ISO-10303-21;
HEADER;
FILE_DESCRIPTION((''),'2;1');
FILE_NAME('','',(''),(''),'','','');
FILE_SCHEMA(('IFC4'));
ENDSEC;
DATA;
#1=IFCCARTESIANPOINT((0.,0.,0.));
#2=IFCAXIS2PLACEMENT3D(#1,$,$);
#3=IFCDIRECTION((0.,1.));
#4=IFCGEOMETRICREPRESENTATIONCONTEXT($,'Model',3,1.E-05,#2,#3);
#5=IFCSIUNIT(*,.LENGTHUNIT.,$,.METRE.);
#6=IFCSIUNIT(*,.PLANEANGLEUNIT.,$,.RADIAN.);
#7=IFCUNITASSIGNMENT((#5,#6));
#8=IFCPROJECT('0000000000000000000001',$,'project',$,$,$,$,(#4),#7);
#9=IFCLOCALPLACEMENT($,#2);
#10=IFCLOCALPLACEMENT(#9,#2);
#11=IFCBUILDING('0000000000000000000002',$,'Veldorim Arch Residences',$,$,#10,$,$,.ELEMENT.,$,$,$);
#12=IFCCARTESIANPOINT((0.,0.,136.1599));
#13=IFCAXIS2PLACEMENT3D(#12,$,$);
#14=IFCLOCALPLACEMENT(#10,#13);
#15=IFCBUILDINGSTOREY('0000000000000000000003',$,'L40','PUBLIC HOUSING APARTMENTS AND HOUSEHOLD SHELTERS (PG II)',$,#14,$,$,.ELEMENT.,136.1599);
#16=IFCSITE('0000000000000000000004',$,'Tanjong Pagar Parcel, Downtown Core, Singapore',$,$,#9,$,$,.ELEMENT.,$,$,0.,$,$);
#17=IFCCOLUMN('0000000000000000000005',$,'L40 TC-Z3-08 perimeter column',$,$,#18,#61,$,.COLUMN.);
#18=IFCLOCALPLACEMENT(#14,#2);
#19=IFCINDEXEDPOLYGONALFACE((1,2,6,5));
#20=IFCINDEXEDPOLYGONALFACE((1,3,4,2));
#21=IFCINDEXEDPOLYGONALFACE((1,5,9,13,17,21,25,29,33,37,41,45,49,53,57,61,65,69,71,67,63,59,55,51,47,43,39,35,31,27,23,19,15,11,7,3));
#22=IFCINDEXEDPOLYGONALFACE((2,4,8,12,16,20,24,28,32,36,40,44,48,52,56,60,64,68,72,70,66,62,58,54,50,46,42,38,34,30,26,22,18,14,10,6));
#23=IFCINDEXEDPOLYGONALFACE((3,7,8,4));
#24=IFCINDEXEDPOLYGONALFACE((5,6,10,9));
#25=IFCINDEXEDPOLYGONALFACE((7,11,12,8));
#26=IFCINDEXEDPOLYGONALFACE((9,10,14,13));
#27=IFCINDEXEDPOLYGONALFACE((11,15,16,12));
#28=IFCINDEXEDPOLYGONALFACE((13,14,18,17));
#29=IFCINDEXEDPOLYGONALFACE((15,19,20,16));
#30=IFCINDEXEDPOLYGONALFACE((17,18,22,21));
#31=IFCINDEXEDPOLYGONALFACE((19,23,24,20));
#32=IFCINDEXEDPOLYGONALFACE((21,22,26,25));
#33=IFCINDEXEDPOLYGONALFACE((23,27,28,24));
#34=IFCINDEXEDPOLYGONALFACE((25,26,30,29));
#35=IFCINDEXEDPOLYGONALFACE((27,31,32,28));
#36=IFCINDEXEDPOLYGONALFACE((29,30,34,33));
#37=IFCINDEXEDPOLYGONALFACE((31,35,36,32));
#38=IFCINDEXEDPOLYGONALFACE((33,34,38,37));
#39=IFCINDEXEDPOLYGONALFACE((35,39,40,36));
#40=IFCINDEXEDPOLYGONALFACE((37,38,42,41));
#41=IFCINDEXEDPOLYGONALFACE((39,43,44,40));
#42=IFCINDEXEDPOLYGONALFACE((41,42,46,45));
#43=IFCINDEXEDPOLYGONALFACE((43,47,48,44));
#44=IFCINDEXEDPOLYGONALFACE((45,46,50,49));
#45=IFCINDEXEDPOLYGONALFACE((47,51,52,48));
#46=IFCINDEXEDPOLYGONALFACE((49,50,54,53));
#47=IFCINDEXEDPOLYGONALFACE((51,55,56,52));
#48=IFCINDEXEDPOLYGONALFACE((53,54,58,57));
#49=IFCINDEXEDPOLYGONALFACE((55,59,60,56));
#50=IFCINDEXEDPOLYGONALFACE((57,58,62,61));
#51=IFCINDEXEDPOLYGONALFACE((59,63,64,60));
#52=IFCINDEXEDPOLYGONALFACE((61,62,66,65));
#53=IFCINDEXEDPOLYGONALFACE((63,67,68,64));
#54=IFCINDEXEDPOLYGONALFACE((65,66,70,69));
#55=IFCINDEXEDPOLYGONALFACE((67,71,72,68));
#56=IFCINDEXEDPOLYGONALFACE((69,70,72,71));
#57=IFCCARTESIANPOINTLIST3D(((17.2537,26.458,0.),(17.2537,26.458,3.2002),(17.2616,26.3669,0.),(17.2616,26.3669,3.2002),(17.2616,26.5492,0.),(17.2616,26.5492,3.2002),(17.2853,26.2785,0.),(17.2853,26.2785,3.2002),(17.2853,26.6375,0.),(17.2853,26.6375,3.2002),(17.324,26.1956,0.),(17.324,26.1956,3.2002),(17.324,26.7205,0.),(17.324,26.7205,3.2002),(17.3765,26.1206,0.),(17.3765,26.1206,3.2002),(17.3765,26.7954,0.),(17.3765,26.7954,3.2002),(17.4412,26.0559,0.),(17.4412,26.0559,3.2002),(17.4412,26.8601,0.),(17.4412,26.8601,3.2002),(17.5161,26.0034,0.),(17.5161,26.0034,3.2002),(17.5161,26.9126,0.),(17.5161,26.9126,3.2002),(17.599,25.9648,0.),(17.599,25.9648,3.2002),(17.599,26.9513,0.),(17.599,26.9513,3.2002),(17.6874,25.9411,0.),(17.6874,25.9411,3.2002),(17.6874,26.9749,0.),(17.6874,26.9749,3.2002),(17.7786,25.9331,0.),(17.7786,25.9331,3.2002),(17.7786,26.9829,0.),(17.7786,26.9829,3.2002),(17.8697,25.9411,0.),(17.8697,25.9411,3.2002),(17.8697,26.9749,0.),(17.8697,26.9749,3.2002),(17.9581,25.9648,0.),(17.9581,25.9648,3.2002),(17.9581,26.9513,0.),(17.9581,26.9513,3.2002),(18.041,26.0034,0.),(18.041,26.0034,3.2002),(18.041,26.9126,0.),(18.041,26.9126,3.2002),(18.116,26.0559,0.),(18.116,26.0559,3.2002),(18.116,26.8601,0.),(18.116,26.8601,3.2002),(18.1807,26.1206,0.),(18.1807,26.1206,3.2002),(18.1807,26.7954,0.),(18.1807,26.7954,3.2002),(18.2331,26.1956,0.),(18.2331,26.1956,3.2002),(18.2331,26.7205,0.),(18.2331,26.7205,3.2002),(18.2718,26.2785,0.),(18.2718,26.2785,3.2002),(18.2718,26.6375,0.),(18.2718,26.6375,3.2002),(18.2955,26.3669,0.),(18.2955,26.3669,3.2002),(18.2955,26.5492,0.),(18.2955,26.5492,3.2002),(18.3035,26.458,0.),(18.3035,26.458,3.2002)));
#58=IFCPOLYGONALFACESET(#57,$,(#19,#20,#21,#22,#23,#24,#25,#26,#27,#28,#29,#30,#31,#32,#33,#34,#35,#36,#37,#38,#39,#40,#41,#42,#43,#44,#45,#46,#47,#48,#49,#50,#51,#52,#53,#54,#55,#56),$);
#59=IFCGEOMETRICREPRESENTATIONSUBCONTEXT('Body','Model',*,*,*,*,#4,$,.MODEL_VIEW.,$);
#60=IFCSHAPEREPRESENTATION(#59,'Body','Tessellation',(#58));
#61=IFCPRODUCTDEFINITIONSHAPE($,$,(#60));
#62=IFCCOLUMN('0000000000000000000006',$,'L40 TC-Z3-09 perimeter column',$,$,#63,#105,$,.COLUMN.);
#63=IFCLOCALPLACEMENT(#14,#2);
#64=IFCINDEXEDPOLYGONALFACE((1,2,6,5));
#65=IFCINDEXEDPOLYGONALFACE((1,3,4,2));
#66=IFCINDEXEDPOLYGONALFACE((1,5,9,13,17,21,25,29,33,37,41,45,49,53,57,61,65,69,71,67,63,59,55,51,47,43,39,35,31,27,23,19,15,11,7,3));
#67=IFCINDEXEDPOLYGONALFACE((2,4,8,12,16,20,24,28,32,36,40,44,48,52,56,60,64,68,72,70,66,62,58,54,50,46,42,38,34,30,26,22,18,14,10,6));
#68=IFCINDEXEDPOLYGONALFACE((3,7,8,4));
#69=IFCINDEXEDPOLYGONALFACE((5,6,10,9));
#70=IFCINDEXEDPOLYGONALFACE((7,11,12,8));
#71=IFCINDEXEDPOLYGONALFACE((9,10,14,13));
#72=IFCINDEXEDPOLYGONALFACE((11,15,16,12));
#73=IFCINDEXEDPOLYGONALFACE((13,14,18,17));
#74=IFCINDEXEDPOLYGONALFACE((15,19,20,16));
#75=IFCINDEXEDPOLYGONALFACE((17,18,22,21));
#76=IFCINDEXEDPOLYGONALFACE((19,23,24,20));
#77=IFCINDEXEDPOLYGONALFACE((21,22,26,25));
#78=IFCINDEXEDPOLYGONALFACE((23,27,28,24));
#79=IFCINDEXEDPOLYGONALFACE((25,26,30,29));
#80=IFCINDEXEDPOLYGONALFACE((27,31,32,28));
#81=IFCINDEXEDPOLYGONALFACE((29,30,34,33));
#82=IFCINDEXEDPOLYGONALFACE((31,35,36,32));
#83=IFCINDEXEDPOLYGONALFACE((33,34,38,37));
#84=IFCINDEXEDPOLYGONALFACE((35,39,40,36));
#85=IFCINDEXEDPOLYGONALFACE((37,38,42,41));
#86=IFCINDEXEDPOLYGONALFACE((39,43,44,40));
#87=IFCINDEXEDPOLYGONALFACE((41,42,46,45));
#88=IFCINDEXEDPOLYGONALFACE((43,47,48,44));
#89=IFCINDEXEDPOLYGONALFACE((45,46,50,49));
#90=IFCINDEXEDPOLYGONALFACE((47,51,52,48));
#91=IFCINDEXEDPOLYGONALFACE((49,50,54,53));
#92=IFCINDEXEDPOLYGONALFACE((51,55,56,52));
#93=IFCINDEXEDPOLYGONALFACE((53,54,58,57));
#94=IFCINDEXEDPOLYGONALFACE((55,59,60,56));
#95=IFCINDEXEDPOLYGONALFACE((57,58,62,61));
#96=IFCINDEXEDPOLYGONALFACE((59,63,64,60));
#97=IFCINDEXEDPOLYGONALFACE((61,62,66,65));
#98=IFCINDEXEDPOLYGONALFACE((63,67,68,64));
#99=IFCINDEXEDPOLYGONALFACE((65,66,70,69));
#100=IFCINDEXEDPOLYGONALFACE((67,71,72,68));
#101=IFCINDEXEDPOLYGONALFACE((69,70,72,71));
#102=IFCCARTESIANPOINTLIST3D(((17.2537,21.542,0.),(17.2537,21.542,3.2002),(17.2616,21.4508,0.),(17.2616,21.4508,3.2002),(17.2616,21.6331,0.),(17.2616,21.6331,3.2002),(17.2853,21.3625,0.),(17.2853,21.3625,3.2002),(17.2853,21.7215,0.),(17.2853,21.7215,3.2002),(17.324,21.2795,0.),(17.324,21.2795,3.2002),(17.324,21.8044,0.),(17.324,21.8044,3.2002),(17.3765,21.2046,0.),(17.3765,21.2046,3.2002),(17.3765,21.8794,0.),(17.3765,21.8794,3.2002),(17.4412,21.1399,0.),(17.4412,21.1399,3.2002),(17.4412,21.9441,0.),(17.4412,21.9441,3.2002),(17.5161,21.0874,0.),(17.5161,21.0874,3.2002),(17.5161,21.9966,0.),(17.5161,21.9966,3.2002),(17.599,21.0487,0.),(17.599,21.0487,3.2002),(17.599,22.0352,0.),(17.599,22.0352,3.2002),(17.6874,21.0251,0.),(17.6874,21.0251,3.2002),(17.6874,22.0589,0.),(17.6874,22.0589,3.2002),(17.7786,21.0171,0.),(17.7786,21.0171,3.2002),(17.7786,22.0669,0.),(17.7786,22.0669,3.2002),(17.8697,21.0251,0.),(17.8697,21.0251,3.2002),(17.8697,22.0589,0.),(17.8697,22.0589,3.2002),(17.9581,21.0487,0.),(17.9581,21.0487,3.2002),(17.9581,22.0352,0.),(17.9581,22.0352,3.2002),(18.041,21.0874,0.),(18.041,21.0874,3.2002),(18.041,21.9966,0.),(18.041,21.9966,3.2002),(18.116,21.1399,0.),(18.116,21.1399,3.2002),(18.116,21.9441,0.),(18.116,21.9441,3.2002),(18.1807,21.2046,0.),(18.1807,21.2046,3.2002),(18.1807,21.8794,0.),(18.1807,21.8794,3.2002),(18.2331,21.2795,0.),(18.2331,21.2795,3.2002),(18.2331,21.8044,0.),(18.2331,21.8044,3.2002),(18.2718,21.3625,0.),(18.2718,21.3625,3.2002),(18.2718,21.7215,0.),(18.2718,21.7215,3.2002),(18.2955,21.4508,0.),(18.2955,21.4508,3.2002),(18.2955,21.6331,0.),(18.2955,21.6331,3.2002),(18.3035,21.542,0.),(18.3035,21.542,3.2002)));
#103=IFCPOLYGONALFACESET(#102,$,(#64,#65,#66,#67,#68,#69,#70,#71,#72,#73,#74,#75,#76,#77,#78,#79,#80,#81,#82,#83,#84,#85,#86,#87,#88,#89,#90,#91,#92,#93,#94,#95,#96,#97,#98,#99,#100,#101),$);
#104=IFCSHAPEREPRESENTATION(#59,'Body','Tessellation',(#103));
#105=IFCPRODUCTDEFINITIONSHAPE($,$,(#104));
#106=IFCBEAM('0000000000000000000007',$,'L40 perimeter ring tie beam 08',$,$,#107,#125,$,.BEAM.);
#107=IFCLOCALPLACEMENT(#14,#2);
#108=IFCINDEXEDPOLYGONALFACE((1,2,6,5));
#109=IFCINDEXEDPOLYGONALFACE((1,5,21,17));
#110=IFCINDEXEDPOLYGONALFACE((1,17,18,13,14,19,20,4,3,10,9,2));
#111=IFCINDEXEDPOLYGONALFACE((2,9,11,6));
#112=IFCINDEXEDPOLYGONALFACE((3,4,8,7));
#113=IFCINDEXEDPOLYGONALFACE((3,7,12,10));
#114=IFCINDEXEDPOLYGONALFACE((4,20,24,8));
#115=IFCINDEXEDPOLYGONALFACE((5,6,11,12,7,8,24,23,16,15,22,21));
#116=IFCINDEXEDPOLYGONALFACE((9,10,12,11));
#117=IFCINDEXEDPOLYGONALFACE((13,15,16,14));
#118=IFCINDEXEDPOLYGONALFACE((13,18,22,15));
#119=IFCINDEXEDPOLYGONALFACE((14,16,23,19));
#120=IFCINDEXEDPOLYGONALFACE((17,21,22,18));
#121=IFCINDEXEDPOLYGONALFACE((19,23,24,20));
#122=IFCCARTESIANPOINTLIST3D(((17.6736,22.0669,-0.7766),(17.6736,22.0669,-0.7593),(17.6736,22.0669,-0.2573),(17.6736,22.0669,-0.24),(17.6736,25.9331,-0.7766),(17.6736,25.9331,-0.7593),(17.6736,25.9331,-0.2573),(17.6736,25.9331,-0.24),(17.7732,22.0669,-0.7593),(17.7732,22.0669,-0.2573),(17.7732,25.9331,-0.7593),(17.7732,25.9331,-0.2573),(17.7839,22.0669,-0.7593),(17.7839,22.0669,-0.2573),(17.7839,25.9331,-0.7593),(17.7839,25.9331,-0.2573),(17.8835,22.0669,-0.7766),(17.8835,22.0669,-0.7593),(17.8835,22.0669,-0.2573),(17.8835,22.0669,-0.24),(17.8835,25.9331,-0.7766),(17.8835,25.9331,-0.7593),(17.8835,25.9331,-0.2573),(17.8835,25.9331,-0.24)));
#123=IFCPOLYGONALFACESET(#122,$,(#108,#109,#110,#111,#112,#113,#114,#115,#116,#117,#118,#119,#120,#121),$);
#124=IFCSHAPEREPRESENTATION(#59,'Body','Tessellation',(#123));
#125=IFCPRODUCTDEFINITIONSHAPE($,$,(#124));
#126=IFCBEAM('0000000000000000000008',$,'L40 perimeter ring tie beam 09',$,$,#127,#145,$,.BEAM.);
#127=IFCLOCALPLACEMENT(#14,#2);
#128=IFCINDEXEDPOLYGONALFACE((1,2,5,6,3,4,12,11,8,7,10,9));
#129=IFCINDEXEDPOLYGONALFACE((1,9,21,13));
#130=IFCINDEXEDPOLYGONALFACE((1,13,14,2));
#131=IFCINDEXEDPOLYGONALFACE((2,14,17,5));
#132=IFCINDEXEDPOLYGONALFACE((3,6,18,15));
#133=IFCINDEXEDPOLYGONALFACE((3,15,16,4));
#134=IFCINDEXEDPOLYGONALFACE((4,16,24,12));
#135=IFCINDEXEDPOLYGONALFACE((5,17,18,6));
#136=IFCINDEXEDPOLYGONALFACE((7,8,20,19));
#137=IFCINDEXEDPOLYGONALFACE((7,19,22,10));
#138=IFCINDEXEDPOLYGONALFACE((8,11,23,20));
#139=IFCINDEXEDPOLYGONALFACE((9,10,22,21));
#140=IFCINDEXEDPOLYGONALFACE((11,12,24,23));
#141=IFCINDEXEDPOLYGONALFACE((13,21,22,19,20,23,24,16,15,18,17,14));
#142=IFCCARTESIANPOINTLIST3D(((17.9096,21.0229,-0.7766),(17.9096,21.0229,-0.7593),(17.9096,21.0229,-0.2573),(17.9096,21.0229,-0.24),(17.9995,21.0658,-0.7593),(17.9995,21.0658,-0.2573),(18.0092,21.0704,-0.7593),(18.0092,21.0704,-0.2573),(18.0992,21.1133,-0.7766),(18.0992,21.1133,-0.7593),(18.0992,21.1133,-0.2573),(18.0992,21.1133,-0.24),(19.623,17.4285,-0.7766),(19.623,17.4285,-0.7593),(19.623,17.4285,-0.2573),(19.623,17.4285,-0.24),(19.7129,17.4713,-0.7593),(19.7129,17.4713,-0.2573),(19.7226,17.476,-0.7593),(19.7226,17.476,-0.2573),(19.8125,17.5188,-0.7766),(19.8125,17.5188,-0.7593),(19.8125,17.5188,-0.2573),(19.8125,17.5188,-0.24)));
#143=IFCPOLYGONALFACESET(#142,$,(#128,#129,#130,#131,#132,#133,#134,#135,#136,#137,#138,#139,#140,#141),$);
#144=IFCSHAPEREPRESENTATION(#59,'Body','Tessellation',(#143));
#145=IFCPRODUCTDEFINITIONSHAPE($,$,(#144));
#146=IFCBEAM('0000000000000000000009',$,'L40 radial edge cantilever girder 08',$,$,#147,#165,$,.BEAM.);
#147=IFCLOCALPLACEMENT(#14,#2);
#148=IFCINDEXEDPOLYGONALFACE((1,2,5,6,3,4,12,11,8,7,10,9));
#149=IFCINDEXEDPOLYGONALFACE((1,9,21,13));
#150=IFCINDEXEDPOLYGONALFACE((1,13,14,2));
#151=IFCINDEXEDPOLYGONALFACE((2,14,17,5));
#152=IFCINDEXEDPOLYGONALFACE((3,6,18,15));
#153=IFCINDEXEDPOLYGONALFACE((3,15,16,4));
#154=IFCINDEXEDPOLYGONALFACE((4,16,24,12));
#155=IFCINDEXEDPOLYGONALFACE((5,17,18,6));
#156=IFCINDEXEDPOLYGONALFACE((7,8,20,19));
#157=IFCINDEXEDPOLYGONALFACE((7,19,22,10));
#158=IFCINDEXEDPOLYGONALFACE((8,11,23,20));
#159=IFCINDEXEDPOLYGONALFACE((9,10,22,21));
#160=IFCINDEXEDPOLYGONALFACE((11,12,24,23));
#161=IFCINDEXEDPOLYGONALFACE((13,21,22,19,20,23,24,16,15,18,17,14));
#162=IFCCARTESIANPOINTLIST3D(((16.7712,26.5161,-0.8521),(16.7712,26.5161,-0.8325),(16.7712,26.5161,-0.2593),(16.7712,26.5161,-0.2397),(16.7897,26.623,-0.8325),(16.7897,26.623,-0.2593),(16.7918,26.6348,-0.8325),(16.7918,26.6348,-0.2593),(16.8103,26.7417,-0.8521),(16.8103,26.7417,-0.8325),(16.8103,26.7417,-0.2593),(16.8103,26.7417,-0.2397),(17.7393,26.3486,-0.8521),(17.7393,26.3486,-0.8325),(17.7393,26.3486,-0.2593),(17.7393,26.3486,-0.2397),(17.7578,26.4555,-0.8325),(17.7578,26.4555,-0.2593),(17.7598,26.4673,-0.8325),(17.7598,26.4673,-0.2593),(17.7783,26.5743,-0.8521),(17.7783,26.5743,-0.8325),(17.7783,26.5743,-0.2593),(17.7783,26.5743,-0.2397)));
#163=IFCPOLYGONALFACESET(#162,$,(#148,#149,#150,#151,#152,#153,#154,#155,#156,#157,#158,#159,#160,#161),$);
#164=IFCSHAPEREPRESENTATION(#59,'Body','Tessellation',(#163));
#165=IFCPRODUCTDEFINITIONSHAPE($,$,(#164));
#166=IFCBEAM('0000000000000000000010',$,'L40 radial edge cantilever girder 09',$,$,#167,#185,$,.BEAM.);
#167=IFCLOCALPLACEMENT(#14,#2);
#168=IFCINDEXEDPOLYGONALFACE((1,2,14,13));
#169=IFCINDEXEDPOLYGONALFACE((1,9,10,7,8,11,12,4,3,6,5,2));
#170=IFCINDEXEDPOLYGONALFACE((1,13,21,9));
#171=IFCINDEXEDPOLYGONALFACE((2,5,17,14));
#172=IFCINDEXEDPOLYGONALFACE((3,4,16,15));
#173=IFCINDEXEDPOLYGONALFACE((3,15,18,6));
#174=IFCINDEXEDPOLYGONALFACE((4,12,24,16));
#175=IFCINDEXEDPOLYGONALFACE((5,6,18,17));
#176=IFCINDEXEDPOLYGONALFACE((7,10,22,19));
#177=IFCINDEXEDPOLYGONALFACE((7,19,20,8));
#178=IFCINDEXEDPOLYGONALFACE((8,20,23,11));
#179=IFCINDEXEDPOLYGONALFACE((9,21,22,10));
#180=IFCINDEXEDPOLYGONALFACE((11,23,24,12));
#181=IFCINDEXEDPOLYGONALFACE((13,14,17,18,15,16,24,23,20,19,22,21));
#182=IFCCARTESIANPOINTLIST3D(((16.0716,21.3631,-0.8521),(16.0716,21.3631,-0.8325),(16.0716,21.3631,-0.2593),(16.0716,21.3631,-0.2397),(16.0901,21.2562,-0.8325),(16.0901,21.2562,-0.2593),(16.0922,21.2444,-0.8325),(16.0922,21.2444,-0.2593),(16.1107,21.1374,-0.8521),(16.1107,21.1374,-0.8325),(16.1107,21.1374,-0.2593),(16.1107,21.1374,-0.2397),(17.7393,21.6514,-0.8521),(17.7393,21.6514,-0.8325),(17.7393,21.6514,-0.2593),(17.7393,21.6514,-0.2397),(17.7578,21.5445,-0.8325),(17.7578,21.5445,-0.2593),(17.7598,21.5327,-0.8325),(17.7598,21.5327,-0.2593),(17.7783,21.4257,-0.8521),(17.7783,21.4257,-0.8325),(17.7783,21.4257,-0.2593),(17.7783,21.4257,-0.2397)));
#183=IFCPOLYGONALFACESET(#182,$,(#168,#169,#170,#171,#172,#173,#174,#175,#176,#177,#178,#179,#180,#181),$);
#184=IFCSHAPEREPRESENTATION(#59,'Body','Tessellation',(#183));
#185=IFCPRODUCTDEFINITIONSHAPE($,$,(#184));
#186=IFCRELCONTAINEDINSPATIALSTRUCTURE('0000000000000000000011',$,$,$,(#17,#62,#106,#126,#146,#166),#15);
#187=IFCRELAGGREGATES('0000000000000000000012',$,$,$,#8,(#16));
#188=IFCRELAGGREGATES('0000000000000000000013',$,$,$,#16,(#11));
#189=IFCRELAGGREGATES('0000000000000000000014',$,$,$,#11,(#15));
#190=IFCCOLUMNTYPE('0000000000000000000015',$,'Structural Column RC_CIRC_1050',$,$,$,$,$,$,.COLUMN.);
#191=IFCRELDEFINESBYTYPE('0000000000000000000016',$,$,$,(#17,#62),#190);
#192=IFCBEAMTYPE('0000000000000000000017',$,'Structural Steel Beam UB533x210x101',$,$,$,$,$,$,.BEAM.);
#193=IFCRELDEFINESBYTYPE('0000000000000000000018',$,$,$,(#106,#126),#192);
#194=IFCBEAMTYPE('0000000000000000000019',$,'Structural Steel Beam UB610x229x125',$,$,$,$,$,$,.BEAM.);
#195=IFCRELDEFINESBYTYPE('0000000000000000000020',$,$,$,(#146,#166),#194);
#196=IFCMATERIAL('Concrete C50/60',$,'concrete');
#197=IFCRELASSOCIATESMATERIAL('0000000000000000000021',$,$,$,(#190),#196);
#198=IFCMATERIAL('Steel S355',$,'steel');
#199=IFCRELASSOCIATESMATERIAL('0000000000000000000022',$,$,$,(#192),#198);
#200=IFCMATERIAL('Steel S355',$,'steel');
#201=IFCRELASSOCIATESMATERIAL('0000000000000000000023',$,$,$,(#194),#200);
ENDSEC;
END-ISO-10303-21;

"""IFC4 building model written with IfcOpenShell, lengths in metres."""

from ifc_helpers import new_model, si_unit, direction, frame, origin, origin_2d, place, context, subcontext, project, spatial, circle, i_section, extrude, material, material_profile, profile_set, type_object, element, save


model = new_model("IFC4")

# Units and contexts
model_context = context("Model", 3, precision=1e-05, world=origin(), true_north=direction((0.0, 1.0)))
body_context = subcontext(model_context, "Body", "Model", "MODEL_VIEW")
ifc_project = project(units=[si_unit("LENGTHUNIT", "METRE"), si_unit("PLANEANGLEUNIT", "RADIAN")], contexts=[model_context])

# Site, building, storey
site_placement = place(None, origin())
site = spatial("IfcSite", under=ifc_project, at=site_placement, Name="Tanjong Pagar Parcel, Downtown Core, Singapore", CompositionType="ELEMENT", RefElevation=0.0)
building_placement = place(site_placement, origin())
building = spatial("IfcBuilding", under=site, at=building_placement, Name="Veldorim Arch Residences", CompositionType="ELEMENT")
storey_placement = place(building_placement, frame((0.0, 0.0, 136.1599)))
storey = spatial("IfcBuildingStorey", under=building, at=storey_placement, Name="L40", Description="PUBLIC HOUSING APARTMENTS AND HOUSEHOLD SHELTERS (PG II)", CompositionType="ELEMENT", Elevation=136.1599)

# Columns
ifc_material_1 = material(Name="Concrete C50/60", Category="concrete")
ifc_material_profile_1 = material_profile(ifc_material_1, circle(Radius=0.5249, at=origin_2d()), Name="RC_CIRC_1050")
ifc_profile_set_1 = profile_set([ifc_material_profile_1], Name="Concrete C50/60")
column_type = type_object("IfcColumnType", Name="Structural Column RC_CIRC_1050", PredefinedType="COLUMN", material=ifc_profile_set_1)
for number, where, z_axis, x_axis, name in (
    (1, (17.7786, 26.458, 0.0), (0.0, 0.0, 1.0), (1.0, 0.0, 0.0), "L40 TC-Z3-08 perimeter column"),
    (2, (17.7786, 21.542, 0.0), (0.0, 0.0, 1.0), (1.0, 0.0, 0.0), "L40 TC-Z3-09 perimeter column"),
):
    element("IfcColumn", number, at=place(storey_placement, frame(where, z_axis=z_axis, x_axis=x_axis)), inside=storey, type_object=column_type, Name=name, PredefinedType="COLUMN", context=body_context, shape_type="SweptSolid", body=[
        extrude(circle(Radius=0.5249, at=origin_2d()), origin(), (0.0, 0.0, 1.0), 3.2002),
    ])

# Beams
ifc_material_2 = material(Name="Steel S355", Category="steel")
ifc_material_profile_2 = material_profile(ifc_material_2, i_section(OverallWidth=0.21, OverallDepth=0.5366, WebThickness=0.0107, FlangeThickness=0.0173, at=origin_2d()), Name="UB533x210x101")
ifc_profile_set_2 = profile_set([ifc_material_profile_2], Name="Steel S355")
beam_type_1 = type_object("IfcBeamType", Name="Structural Steel Beam UB533x210x101", PredefinedType="BEAM", material=ifc_profile_set_2)
beam_1_placement = place(storey_placement, frame((17.7786, 25.9331, -0.5083), z_axis=(0.0, -1.0, 0.0), x_axis=(1.0, 0.0, 0.0)))
element("IfcBeam", 3, at=beam_1_placement, inside=storey, type_object=beam_type_1, Name="L40 perimeter ring tie beam 08", PredefinedType="BEAM", context=body_context, shape_type="SweptSolid", body=[
    extrude(i_section(OverallWidth=0.21, OverallDepth=0.5366, WebThickness=0.0107, FlangeThickness=0.0173, at=origin_2d()), origin(), (0.0, 0.0, 1.0), 3.8662),
])
beam_2_placement = place(storey_placement, frame((18.0044, 21.0681, -0.5083), z_axis=(0.430286, -0.902693, 0.0), x_axis=(0.902693, 0.430286, 0.0)))
element("IfcBeam", 4, at=beam_2_placement, inside=storey, type_object=beam_type_1, Name="L40 perimeter ring tie beam 09", PredefinedType="BEAM", context=body_context, shape_type="SweptSolid", body=[
    extrude(i_section(OverallWidth=0.21, OverallDepth=0.5366, WebThickness=0.0107, FlangeThickness=0.0173, at=origin_2d()), origin(), (0.0, 0.0, 1.0), 3.9819),
])
ifc_material_3 = material(Name="Steel S355", Category="steel")
ifc_material_profile_3 = material_profile(ifc_material_3, i_section(OverallWidth=0.229, OverallDepth=0.6123, WebThickness=0.012, FlangeThickness=0.0195, at=origin_2d()), Name="UB610x229x125")
ifc_profile_set_3 = profile_set([ifc_material_profile_3], Name="Steel S355")
beam_type_2 = type_object("IfcBeamType", Name="Structural Steel Beam UB610x229x125", PredefinedType="BEAM", material=ifc_profile_set_3)
beam_3_placement = place(storey_placement, frame((17.7588, 26.4614, -0.5459), z_axis=(-0.985361, 0.170481, 0.0), x_axis=(-0.170481, -0.985361, 0.0)))
element("IfcBeam", 5, at=beam_3_placement, inside=storey, type_object=beam_type_2, Name="L40 radial edge cantilever girder 08", PredefinedType="BEAM", context=body_context, shape_type="SweptSolid", body=[
    extrude(i_section(OverallWidth=0.229, OverallDepth=0.6123, WebThickness=0.012, FlangeThickness=0.0195, at=origin_2d()), origin(), (0.0, 0.0, 1.0), 0.9824),
])
beam_4_placement = place(storey_placement, frame((17.7588, 21.5386, -0.5459), z_axis=(-0.985382, -0.170361, 0.0), x_axis=(0.170361, -0.985382, 0.0)))
element("IfcBeam", 6, at=beam_4_placement, inside=storey, type_object=beam_type_2, Name="L40 radial edge cantilever girder 09", PredefinedType="BEAM", context=body_context, shape_type="SweptSolid", body=[
    extrude(i_section(OverallWidth=0.229, OverallDepth=0.6123, WebThickness=0.012, FlangeThickness=0.0195, at=origin_2d()), origin(), (0.0, 0.0, 1.0), 1.6924),
])

save(model, "model.ifc")
